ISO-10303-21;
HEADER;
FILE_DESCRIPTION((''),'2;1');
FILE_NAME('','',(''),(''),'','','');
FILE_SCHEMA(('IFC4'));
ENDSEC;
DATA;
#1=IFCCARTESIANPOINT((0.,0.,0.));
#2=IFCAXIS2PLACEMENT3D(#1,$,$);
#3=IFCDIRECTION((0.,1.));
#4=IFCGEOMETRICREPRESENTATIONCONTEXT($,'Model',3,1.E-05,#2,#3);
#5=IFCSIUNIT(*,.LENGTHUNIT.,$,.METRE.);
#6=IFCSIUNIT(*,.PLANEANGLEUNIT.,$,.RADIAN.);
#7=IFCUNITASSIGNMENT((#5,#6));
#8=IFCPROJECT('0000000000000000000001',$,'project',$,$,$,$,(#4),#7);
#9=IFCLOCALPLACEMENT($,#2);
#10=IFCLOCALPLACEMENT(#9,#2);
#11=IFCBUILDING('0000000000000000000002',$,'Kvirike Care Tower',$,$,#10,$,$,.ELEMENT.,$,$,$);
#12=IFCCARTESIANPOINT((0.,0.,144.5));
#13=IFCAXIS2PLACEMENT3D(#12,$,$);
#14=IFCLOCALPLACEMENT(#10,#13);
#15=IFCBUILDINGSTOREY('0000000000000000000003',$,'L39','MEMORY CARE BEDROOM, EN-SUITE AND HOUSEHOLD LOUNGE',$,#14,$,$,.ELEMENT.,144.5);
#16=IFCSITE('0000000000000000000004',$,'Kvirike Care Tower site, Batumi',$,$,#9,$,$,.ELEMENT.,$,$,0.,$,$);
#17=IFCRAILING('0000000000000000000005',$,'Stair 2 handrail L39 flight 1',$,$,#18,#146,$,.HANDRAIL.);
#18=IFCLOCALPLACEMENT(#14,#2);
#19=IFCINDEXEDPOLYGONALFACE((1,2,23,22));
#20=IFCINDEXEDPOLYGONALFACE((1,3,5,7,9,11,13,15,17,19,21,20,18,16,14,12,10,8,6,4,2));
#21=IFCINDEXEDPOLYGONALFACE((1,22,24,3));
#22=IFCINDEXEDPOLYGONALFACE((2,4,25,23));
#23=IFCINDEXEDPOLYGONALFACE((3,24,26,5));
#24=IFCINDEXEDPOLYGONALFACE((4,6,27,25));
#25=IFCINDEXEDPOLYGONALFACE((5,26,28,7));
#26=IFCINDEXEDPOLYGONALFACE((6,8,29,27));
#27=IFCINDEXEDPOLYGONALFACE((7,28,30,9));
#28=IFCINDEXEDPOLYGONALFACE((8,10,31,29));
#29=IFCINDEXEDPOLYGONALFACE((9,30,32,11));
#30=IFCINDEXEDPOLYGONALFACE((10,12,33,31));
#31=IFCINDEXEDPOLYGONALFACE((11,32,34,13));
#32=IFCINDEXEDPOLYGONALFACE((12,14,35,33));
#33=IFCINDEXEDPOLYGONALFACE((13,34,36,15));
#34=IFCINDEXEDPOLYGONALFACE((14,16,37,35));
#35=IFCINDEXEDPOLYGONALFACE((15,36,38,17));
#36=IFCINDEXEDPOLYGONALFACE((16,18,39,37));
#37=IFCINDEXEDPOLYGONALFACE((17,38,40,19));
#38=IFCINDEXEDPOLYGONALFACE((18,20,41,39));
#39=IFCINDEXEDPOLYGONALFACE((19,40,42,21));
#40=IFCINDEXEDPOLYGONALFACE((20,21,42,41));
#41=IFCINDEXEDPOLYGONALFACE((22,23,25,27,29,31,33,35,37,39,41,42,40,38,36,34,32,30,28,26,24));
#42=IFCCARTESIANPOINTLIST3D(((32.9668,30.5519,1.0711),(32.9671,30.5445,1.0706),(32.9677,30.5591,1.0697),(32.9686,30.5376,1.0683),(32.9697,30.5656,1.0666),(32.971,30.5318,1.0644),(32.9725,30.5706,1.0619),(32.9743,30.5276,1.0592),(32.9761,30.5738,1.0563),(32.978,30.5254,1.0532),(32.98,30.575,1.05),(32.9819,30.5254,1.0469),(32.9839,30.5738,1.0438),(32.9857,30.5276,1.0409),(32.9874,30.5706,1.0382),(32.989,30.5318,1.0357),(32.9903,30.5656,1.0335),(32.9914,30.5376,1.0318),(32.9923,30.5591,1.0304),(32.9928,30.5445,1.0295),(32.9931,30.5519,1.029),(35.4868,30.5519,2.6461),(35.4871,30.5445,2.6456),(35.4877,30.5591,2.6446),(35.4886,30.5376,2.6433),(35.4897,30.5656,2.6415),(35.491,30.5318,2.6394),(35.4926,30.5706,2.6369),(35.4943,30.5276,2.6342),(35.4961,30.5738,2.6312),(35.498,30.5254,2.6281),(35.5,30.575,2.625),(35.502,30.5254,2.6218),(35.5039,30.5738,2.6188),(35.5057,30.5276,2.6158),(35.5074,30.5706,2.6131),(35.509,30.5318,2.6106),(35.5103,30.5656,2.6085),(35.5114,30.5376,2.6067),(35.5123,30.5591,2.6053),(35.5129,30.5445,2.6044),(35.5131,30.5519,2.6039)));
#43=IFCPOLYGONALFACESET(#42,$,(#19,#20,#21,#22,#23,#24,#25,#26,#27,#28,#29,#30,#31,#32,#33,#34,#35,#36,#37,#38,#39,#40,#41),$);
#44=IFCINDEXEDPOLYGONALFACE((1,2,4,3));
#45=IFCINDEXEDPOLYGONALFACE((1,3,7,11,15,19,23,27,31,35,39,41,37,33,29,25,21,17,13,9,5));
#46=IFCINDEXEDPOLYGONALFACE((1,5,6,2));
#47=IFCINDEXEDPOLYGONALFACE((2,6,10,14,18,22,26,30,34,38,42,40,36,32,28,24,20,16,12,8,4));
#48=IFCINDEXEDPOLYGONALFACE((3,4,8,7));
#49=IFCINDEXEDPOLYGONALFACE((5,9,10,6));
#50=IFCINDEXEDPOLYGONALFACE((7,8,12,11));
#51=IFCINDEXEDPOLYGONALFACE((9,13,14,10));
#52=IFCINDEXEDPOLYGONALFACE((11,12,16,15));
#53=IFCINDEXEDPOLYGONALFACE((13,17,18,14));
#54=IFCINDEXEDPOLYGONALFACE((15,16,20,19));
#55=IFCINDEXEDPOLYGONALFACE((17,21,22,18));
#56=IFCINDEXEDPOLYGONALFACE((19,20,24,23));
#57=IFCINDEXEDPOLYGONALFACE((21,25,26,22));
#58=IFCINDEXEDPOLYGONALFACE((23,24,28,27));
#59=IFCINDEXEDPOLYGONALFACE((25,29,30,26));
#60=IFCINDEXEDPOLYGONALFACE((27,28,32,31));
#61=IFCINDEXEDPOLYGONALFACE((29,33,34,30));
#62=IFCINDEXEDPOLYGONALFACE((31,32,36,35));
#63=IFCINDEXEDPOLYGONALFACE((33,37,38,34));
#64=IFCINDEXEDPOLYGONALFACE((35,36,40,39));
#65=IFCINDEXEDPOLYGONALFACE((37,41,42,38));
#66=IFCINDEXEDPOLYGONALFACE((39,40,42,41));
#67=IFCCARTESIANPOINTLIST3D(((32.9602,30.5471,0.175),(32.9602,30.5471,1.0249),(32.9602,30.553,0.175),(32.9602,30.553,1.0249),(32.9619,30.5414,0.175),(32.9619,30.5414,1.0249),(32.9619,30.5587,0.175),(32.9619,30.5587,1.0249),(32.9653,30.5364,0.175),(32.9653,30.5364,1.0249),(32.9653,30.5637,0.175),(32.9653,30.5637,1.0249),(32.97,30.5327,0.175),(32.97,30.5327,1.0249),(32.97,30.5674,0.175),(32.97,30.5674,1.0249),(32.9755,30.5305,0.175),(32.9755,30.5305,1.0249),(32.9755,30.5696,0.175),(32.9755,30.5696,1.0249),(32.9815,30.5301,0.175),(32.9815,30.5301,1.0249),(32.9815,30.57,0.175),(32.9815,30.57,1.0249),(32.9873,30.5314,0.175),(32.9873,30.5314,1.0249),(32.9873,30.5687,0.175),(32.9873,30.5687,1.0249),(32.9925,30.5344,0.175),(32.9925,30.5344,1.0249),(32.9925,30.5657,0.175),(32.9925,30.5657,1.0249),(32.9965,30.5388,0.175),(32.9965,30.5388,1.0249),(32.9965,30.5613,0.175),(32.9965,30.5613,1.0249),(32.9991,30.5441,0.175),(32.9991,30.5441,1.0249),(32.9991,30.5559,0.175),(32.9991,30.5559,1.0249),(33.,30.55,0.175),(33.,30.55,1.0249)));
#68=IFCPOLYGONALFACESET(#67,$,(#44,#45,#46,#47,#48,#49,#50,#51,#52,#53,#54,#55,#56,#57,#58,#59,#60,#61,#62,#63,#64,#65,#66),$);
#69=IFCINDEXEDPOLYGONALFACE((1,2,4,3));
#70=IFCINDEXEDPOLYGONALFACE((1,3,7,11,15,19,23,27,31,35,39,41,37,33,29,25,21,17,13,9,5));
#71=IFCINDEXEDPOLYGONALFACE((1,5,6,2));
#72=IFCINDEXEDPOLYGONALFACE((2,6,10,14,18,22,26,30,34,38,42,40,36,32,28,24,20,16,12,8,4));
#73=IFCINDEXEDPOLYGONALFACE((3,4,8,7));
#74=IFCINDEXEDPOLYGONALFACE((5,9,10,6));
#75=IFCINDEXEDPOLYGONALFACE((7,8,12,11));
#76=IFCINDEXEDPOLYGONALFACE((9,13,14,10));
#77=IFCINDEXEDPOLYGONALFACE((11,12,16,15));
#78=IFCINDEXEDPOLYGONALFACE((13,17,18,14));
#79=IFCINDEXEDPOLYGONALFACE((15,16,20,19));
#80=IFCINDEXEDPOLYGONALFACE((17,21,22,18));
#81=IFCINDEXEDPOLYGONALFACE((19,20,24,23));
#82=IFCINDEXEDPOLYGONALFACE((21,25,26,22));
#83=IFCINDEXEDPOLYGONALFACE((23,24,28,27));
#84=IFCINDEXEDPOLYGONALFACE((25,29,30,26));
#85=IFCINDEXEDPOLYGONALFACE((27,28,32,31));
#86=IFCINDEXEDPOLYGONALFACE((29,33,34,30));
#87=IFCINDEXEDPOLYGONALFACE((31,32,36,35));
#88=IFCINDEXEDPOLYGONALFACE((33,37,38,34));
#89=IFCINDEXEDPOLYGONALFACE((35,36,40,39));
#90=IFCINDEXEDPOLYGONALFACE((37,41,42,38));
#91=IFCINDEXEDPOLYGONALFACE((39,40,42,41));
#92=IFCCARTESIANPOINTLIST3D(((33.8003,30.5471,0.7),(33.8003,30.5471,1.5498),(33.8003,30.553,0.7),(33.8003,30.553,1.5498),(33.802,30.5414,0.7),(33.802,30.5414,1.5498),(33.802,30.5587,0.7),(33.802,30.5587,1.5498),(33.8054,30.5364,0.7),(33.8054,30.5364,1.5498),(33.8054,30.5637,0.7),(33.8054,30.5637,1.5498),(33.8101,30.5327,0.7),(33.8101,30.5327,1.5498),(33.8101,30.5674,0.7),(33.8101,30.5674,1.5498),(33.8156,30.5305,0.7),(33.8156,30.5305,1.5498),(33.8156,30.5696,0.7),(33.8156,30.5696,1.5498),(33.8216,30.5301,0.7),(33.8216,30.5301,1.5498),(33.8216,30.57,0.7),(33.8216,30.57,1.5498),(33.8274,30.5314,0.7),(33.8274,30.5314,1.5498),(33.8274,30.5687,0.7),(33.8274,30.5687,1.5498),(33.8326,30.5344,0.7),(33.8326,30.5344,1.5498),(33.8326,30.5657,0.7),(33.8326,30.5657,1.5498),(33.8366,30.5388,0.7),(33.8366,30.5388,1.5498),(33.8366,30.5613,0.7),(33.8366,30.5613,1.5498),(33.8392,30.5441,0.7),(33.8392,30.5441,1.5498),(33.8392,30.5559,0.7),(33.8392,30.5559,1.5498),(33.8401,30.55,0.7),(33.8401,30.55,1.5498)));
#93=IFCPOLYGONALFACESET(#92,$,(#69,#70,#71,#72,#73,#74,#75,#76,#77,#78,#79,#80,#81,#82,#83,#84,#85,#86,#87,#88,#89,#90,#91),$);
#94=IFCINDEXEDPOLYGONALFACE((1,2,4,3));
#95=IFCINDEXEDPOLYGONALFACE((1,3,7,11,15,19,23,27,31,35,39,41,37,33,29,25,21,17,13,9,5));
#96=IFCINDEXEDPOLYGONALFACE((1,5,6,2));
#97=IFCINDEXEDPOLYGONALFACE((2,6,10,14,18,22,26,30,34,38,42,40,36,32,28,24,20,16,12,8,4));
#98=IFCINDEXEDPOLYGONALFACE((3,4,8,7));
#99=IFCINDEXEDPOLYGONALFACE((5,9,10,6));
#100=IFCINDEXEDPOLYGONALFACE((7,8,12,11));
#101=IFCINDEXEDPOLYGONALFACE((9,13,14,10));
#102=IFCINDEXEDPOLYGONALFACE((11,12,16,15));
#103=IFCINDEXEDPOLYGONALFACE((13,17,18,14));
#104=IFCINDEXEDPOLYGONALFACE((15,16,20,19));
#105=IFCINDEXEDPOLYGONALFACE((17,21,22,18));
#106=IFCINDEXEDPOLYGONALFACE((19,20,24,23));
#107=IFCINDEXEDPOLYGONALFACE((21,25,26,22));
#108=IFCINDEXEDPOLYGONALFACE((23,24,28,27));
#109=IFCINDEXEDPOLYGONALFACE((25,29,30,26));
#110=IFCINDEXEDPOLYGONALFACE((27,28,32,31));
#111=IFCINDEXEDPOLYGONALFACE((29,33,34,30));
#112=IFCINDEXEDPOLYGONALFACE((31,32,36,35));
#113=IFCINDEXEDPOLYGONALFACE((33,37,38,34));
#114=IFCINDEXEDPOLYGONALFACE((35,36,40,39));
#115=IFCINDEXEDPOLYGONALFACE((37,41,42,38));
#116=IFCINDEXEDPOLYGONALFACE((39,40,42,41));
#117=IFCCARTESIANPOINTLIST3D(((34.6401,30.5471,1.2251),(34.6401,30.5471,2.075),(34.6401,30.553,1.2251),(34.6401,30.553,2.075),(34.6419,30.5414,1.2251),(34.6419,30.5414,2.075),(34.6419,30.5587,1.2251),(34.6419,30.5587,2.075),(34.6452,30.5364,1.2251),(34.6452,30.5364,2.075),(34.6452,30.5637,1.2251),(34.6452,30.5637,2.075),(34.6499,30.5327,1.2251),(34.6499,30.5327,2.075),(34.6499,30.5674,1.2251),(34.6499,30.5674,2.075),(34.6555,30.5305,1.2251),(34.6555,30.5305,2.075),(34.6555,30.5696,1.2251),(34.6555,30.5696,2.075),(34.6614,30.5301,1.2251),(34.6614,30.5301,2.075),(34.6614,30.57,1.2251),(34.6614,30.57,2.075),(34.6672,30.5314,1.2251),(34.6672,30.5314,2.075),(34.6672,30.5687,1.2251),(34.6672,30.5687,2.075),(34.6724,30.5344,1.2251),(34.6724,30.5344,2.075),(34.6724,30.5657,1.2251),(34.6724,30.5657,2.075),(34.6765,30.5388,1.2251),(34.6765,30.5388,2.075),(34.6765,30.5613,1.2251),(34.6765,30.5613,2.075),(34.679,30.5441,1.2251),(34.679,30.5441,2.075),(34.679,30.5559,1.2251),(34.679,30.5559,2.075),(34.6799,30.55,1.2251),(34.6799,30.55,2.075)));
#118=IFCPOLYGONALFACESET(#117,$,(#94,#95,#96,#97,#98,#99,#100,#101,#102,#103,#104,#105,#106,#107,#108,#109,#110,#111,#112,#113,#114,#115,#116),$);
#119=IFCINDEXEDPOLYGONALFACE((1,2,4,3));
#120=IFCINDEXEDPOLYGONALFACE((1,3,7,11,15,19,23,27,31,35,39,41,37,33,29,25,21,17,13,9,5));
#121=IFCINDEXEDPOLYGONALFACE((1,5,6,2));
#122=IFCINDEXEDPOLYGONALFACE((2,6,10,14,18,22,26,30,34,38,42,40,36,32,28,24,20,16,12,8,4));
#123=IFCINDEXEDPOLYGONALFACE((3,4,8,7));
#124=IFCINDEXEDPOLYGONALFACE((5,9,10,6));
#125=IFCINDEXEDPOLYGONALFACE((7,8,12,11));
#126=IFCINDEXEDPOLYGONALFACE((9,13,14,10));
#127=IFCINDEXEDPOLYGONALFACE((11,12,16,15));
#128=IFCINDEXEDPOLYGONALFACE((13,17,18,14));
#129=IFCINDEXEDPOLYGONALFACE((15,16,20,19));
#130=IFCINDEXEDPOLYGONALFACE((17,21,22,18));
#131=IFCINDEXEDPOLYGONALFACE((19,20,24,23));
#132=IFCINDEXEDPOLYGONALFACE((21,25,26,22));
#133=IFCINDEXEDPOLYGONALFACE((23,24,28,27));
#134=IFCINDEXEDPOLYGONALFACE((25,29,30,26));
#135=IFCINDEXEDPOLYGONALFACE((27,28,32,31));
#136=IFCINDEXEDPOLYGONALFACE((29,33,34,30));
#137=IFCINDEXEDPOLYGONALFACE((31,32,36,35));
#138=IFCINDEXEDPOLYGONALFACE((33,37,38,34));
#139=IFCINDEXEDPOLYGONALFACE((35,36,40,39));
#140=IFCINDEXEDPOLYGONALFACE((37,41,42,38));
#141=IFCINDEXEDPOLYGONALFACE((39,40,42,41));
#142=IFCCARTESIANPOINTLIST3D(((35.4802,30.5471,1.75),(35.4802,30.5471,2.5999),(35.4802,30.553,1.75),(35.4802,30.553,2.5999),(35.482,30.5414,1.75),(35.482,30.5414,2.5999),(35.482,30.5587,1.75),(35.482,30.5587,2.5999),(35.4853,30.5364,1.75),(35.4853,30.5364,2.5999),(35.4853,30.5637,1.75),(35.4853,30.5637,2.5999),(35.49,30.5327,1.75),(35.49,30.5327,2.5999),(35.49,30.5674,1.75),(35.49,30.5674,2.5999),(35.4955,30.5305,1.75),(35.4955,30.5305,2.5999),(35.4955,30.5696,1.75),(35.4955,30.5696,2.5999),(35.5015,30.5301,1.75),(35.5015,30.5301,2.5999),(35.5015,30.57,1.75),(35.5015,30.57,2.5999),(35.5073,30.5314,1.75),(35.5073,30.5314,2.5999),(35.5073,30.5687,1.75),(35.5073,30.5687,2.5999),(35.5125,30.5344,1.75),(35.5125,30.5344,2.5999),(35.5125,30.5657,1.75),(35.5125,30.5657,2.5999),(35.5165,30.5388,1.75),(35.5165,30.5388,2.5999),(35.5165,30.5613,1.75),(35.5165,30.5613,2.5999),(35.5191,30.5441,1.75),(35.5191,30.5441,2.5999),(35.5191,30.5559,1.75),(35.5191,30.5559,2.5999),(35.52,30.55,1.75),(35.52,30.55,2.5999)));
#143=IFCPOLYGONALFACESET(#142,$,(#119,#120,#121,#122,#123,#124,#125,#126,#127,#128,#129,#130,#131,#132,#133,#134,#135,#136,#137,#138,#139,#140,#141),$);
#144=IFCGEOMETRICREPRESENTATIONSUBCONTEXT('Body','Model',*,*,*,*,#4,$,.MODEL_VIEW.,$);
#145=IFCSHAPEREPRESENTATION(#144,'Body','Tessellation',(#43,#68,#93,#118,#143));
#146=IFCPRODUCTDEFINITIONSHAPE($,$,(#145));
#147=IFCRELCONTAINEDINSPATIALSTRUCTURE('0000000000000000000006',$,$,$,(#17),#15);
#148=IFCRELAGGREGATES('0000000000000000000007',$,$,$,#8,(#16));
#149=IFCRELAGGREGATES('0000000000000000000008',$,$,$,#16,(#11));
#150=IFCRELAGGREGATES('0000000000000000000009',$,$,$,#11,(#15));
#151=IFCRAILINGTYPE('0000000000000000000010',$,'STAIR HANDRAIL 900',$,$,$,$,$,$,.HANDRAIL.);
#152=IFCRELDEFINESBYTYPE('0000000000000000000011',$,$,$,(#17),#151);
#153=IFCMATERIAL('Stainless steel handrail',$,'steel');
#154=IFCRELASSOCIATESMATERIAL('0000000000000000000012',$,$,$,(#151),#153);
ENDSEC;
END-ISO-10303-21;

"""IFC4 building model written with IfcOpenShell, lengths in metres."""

from ifc_helpers import new_model, si_unit, direction, frame, origin, origin_2d, place, context, subcontext, project, spatial, circle, extrude, material, type_object, element, save


model = new_model("IFC4")

# Units and contexts
model_context = context("Model", 3, precision=1e-05, world=origin(), true_north=direction((0.0, 1.0)))
body_context = subcontext(model_context, "Body", "Model", "MODEL_VIEW")
ifc_project = project(units=[si_unit("LENGTHUNIT", "METRE"), si_unit("PLANEANGLEUNIT", "RADIAN")], contexts=[model_context])

# Site, building, storey
site_placement = place(None, origin())
site = spatial("IfcSite", under=ifc_project, at=site_placement, Name="Kvirike Care Tower site, Batumi", CompositionType="ELEMENT", RefElevation=0.0)
building_placement = place(site_placement, origin())
building = spatial("IfcBuilding", under=site, at=building_placement, Name="Kvirike Care Tower", CompositionType="ELEMENT")
storey_placement = place(building_placement, frame((0.0, 0.0, 144.5)))
storey = spatial("IfcBuildingStorey", under=building, at=storey_placement, Name="L39", Description="MEMORY CARE BEDROOM, EN-SUITE AND HOUSEHOLD LOUNGE", CompositionType="ELEMENT", Elevation=144.5)

# Railing
ifc_material_1 = material(Name="Stainless steel handrail", Category="steel")
railing_type = type_object("IfcRailingType", Name="STAIR HANDRAIL 900", PredefinedType="HANDRAIL", material=ifc_material_1)
railing_1_placement = place(storey_placement, frame((32.98, 30.55, 0.175)))
element("IfcRailing", 1, at=railing_1_placement, inside=storey, type_object=railing_type, Name="Stair 2 handrail L39 flight 1", PredefinedType="HANDRAIL", context=body_context, shape_type="SweptSolid", body=[
    extrude(circle(Radius=0.0249, at=origin_2d()), frame((0.0, 0.0, 0.875), z_axis=(0.848008, 0.0, 0.529984), x_axis=(0.0, 1.0, 0.0)), (0.0, 0.0, 1.0), 2.9717),
    extrude(circle(Radius=0.02, at=origin_2d()), origin(), (0.0, 0.0, 1.0), 0.8499),
    extrude(circle(Radius=0.02, at=origin_2d()), frame((0.8401, 0.0, 0.5249)), (0.0, 0.0, 1.0), 0.8499),
    extrude(circle(Radius=0.02, at=origin_2d()), frame((1.6799, 0.0, 1.05)), (0.0, 0.0, 1.0), 0.8499),
    extrude(circle(Radius=0.02, at=origin_2d()), frame((2.52, 0.0, 1.575)), (0.0, 0.0, 1.0), 0.8499),
])

save(model, "model.ifc")
